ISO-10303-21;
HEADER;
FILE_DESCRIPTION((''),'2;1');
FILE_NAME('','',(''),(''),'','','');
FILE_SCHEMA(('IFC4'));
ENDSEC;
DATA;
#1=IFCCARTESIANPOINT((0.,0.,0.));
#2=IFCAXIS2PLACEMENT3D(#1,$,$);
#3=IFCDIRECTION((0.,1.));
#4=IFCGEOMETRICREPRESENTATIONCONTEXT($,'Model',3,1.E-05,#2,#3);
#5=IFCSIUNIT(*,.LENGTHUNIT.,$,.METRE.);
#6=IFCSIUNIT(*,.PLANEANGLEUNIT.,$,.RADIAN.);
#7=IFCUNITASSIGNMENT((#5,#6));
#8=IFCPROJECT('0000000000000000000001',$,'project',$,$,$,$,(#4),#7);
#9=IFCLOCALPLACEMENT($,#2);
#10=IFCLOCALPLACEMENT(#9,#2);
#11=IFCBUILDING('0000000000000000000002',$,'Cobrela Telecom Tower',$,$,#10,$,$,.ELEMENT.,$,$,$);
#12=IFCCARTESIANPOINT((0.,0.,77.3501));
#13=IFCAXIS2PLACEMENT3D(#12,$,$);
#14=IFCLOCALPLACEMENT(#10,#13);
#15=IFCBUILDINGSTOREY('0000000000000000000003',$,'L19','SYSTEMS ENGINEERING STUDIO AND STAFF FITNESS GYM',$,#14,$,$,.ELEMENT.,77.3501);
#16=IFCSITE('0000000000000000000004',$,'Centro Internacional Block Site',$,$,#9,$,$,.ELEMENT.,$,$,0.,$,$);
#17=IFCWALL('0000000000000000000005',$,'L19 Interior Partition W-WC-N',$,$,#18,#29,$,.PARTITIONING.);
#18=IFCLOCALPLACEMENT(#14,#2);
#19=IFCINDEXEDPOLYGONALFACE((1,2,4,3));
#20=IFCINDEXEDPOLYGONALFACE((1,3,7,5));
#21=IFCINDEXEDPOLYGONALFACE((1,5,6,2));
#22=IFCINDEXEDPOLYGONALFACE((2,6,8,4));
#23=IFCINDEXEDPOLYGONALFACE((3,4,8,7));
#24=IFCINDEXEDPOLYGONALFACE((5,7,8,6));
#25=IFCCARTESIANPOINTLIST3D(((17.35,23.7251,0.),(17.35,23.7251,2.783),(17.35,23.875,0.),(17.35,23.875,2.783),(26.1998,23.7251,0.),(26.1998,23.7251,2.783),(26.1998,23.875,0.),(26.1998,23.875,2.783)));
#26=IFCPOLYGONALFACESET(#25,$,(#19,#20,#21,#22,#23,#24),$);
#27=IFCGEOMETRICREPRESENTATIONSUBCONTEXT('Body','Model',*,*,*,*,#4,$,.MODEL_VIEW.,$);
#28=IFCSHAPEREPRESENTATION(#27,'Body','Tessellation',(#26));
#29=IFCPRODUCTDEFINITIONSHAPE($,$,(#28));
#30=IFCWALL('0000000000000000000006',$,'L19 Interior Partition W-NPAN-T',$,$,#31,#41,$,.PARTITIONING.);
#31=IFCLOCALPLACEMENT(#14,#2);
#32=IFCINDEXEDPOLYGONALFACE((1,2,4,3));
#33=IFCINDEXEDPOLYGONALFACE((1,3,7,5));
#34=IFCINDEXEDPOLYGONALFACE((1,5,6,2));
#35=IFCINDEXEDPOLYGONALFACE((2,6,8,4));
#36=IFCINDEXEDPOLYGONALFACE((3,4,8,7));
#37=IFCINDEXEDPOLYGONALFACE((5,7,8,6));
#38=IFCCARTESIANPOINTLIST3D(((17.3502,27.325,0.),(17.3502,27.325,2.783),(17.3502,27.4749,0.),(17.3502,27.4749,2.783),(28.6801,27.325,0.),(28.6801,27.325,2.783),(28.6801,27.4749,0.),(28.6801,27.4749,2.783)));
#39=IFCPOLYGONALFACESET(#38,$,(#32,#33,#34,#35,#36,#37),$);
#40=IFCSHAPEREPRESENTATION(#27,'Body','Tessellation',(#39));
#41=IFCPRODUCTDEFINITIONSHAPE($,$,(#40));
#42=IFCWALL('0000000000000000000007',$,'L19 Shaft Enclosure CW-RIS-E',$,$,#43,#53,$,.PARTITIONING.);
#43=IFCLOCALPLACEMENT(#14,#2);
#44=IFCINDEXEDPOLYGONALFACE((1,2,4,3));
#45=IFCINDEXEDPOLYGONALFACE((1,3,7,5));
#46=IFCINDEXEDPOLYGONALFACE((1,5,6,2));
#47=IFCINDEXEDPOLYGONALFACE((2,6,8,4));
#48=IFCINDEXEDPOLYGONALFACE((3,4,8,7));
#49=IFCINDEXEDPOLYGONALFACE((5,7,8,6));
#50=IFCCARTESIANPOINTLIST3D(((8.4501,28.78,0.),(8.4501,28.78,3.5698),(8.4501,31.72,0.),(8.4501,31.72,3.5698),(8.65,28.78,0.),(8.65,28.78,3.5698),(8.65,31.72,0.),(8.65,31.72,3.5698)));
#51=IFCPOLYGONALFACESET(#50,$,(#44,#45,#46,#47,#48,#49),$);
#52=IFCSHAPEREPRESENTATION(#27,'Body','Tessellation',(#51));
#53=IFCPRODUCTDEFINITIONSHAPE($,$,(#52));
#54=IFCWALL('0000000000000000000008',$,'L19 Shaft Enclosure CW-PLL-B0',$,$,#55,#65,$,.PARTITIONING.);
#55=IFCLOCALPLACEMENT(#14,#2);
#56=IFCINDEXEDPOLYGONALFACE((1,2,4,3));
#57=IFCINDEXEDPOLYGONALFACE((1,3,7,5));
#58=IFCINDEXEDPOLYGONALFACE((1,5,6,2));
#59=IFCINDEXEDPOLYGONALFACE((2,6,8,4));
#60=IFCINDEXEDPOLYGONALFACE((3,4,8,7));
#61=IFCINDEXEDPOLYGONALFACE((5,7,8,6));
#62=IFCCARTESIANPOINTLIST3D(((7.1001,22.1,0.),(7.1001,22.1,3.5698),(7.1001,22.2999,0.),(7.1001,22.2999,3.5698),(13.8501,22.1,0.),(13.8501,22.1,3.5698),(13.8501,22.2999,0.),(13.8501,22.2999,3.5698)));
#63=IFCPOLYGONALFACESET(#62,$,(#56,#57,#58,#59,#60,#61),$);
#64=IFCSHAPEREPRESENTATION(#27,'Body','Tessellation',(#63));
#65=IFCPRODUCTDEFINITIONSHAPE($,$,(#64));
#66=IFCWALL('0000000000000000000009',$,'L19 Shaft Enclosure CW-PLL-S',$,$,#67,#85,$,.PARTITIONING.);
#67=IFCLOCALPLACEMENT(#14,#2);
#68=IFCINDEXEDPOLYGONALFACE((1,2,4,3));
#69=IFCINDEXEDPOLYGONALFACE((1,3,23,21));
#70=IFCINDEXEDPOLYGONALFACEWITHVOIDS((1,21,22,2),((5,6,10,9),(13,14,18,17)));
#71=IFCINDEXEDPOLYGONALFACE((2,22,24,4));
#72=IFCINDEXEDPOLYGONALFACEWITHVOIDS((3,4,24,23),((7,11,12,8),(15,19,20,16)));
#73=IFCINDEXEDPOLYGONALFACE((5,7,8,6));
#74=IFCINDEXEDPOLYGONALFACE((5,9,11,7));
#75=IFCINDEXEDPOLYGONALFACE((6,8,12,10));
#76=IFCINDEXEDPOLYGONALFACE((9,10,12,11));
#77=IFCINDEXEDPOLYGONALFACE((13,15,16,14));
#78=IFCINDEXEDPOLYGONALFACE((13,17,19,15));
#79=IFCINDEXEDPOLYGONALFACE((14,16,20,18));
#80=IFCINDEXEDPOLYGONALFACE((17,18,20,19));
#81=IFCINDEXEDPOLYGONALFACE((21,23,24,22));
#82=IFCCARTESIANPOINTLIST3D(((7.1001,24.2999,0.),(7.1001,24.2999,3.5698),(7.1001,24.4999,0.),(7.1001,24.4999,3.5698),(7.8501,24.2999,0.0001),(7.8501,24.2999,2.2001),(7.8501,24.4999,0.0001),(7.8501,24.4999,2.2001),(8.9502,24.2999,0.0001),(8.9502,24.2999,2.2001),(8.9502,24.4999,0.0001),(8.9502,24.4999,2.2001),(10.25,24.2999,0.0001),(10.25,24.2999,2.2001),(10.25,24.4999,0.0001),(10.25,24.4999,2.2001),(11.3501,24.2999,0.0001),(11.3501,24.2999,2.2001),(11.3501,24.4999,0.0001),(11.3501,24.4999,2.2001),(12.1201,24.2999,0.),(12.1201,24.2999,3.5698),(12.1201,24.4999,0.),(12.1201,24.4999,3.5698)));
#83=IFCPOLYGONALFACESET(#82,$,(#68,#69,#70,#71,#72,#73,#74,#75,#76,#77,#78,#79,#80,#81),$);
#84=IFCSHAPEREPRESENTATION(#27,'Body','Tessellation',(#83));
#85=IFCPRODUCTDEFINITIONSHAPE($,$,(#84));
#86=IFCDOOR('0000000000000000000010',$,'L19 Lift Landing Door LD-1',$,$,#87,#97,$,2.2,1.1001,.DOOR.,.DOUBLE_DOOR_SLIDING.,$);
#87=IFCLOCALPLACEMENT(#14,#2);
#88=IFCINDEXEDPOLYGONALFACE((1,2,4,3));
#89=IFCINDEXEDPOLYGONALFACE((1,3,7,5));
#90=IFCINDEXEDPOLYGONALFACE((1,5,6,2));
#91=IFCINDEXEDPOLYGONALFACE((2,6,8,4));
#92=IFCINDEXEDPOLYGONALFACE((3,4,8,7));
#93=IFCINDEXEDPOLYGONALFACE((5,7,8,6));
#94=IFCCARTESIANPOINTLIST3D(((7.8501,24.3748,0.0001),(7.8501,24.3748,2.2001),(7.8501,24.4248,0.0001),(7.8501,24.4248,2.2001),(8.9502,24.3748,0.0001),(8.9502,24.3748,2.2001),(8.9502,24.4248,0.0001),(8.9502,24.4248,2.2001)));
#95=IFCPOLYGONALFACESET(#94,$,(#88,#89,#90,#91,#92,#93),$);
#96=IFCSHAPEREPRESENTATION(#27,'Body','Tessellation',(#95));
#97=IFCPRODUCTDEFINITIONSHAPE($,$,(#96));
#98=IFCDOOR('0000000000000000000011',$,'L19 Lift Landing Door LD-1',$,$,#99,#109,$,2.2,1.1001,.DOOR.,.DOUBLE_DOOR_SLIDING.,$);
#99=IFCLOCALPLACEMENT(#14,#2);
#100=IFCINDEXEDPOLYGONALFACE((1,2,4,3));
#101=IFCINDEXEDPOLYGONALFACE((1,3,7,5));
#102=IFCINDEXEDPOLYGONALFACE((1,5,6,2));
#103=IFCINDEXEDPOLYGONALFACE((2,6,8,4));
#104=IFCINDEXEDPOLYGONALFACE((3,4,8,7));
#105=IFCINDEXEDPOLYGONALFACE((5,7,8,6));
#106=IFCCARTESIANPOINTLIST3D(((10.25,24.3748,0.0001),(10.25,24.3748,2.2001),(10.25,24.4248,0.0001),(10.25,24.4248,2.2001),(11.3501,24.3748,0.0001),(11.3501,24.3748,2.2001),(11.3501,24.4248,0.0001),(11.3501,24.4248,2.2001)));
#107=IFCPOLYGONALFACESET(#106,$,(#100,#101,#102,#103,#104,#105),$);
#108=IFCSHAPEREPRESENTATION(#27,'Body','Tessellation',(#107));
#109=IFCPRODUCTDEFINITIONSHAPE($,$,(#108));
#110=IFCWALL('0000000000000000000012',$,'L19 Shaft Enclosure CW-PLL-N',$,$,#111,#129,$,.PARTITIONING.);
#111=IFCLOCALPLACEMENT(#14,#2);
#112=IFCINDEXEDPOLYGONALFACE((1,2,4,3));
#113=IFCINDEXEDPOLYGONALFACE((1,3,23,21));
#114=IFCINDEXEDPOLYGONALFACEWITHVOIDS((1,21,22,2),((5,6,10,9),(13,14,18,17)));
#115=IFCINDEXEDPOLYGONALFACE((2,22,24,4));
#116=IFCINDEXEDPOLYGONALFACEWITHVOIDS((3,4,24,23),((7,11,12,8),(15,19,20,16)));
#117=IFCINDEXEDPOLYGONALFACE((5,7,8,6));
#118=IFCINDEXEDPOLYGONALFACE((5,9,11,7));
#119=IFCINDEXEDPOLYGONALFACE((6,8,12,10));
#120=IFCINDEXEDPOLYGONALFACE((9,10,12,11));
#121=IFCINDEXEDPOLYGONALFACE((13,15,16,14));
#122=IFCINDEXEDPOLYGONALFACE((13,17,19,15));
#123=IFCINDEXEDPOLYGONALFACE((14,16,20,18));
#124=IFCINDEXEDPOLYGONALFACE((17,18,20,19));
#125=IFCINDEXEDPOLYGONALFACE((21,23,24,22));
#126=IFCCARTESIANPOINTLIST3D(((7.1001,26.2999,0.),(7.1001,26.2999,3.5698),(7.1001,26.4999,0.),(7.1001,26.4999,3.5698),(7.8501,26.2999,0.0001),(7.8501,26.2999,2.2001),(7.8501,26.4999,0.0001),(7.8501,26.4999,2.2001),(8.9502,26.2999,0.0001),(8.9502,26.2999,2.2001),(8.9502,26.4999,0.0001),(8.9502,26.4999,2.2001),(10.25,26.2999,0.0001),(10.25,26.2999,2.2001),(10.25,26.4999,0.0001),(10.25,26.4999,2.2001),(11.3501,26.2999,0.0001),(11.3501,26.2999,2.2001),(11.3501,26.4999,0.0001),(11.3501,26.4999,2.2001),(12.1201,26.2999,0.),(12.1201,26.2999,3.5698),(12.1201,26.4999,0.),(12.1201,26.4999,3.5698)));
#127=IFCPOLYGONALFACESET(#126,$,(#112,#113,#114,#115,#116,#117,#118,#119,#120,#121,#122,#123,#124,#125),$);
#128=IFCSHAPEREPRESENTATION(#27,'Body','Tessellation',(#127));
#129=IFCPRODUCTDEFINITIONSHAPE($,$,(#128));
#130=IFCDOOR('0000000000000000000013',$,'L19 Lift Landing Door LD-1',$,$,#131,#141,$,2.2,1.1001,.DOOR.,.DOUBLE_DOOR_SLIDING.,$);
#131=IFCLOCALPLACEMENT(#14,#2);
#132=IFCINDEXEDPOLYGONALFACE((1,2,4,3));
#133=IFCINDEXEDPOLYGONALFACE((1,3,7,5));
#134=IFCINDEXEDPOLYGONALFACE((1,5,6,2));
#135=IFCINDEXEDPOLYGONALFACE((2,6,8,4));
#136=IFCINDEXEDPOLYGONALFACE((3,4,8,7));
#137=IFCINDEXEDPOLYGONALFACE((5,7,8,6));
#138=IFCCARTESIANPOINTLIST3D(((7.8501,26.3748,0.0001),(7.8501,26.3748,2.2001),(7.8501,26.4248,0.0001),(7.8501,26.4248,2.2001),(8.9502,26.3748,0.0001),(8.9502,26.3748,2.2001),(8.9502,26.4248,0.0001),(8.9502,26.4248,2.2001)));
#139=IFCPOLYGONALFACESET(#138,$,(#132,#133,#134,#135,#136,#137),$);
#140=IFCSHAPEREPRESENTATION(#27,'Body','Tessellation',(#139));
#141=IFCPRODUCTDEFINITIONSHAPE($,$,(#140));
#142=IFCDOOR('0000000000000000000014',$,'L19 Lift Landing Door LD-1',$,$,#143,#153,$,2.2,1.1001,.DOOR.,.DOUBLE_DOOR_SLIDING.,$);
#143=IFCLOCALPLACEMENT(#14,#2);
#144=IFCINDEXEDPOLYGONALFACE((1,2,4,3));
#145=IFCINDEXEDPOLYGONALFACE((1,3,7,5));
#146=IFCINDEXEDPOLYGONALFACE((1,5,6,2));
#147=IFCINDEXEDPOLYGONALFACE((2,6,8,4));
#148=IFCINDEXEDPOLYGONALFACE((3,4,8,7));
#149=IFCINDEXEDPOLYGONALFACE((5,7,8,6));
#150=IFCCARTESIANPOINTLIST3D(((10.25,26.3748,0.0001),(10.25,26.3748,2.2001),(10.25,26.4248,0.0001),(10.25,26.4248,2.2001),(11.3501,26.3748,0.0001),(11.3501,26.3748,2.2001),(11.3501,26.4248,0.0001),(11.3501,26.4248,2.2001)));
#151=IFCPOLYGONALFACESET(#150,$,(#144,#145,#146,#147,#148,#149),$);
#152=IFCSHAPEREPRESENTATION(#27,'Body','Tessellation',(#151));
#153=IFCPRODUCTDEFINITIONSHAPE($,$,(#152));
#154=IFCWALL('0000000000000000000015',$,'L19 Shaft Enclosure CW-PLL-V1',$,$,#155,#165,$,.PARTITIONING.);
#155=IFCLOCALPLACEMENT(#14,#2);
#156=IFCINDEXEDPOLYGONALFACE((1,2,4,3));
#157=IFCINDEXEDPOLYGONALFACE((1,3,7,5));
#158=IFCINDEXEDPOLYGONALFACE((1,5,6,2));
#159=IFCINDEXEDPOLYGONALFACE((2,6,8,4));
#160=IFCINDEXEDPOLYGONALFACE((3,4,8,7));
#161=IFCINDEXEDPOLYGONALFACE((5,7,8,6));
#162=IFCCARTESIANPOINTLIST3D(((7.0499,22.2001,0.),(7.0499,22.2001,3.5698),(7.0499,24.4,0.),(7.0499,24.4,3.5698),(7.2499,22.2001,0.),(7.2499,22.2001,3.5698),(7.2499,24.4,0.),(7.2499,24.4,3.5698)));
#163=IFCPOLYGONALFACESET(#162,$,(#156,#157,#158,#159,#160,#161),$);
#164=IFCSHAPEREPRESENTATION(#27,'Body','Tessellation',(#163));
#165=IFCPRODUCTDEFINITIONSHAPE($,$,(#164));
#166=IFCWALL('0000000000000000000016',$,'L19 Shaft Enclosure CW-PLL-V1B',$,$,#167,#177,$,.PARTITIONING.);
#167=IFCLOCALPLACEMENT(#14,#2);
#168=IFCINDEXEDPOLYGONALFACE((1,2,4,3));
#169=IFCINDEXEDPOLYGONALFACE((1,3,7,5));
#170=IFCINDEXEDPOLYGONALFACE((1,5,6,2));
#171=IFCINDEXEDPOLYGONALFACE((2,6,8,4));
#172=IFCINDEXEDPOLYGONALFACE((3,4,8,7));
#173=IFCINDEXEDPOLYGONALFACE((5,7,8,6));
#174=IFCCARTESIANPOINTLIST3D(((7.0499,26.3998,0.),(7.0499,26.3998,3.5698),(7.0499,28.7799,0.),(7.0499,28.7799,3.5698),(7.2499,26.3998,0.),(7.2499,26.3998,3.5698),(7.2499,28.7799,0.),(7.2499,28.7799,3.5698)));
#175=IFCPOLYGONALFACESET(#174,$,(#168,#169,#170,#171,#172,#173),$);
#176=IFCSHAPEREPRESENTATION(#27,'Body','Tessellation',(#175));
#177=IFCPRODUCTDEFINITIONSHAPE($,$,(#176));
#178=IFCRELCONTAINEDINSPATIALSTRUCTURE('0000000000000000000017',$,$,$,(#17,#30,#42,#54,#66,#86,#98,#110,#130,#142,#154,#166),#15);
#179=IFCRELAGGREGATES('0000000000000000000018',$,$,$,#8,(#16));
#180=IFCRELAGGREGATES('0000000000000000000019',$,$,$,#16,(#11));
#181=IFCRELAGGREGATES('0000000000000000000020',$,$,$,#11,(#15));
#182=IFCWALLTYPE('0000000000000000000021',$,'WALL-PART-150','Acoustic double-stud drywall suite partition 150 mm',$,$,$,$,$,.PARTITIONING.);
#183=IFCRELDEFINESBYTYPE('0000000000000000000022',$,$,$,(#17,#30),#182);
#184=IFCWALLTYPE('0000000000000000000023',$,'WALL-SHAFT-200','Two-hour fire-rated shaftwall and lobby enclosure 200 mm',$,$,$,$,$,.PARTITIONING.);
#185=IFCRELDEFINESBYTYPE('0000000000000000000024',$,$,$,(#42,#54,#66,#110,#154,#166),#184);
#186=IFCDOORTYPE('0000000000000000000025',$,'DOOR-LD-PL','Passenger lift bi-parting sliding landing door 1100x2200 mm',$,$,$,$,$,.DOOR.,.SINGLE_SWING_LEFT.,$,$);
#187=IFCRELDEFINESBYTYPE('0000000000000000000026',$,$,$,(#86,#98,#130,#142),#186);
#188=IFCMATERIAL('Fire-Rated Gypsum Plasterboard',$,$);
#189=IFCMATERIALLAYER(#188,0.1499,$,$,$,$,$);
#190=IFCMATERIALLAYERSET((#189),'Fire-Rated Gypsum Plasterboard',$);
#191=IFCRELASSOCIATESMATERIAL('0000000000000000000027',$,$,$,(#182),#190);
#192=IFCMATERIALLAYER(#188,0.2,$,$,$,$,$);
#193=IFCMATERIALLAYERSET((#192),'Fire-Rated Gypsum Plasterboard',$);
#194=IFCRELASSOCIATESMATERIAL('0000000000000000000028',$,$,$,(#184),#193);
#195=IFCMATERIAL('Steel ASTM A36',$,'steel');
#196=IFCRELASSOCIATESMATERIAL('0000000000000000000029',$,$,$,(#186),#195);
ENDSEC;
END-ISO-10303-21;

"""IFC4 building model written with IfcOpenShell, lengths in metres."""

from ifc_helpers import new_model, si_unit, direction, frame, frame_2d, origin, place, context, subcontext, project, spatial, rectangle, extrude, material, layer, layer_set, type_object, element, fill, save


model = new_model("IFC4")

# Units and contexts
model_context = context("Model", 3, precision=1e-05, world=origin(), true_north=direction((0.0, 1.0)))
body_context = subcontext(model_context, "Body", "Model", "MODEL_VIEW")
ifc_project = project(units=[si_unit("LENGTHUNIT", "METRE"), si_unit("PLANEANGLEUNIT", "RADIAN")], contexts=[model_context])

# Site, building, storey
site_placement = place(None, origin())
site = spatial("IfcSite", under=ifc_project, at=site_placement, Name="Centro Internacional Block Site", CompositionType="ELEMENT", RefElevation=0.0)
building_placement = place(site_placement, origin())
building = spatial("IfcBuilding", under=site, at=building_placement, Name="Cobrela Telecom Tower", CompositionType="ELEMENT")
storey_placement = place(building_placement, frame((0.0, 0.0, 77.3501)))
storey = spatial("IfcBuildingStorey", under=building, at=storey_placement, Name="L19", Description="SYSTEMS ENGINEERING STUDIO AND STAFF FITNESS GYM", CompositionType="ELEMENT", Elevation=77.3501)

# Walls
ifc_material_1 = material(Name="Fire-Rated Gypsum Plasterboard")
ifc_layer_1 = layer(ifc_material_1, 0.1499)
ifc_layer_set_1 = layer_set([ifc_layer_1], Name="Fire-Rated Gypsum Plasterboard")
wall_type_1 = type_object("IfcWallType", Name="WALL-PART-150", Description="Acoustic double-stud drywall suite partition 150 mm", PredefinedType="PARTITIONING", material=ifc_layer_set_1)
wall_1_placement = place(storey_placement, frame((17.3501, 23.8, 0.0), z_axis=(0.0, 0.0, 1.0), x_axis=(1.0, 0.0, 0.0)))
element("IfcWall", 1, at=wall_1_placement, inside=storey, type_object=wall_type_1, Name="L19 Interior Partition W-WC-N", PredefinedType="PARTITIONING", context=body_context, shape_type="SweptSolid", body=[
    extrude(rectangle(XDim=8.8499, YDim=0.1499, at=frame_2d((4.4248, 0.0))), origin(), (0.0, 0.0, 1.0), 2.783),
])
wall_2_placement = place(storey_placement, frame((17.3501, 27.3999, 0.0), z_axis=(0.0, 0.0, 1.0), x_axis=(1.0, 0.0, 0.0)))
element("IfcWall", 2, at=wall_2_placement, inside=storey, type_object=wall_type_1, Name="L19 Interior Partition W-NPAN-T", PredefinedType="PARTITIONING", context=body_context, shape_type="SweptSolid", body=[
    extrude(rectangle(XDim=11.3298, YDim=0.1499, at=frame_2d((5.665, 0.0))), origin(), (0.0, 0.0, 1.0), 2.783),
])
ifc_layer_2 = layer(ifc_material_1, 0.2)
ifc_layer_set_2 = layer_set([ifc_layer_2], Name="Fire-Rated Gypsum Plasterboard")
wall_type_2 = type_object("IfcWallType", Name="WALL-SHAFT-200", Description="Two-hour fire-rated shaftwall and lobby enclosure 200 mm", PredefinedType="PARTITIONING", material=ifc_layer_set_2)
wall_3_placement = place(storey_placement, frame((8.55, 28.78, 0.0), z_axis=(0.0, 0.0, 1.0), x_axis=(0.0, 1.0, 0.0)))
element("IfcWall", 3, at=wall_3_placement, inside=storey, type_object=wall_type_2, Name="L19 Shaft Enclosure CW-RIS-E", PredefinedType="PARTITIONING", context=body_context, shape_type="SweptSolid", body=[
    extrude(rectangle(XDim=2.9399, YDim=0.2, at=frame_2d((1.47, 0.0))), origin(), (0.0, 0.0, 1.0), 3.5698),
])
wall_4_placement = place(storey_placement, frame((7.1001, 22.2, 0.0), z_axis=(0.0, 0.0, 1.0), x_axis=(1.0, 0.0, 0.0)))
element("IfcWall", 4, at=wall_4_placement, inside=storey, type_object=wall_type_2, Name="L19 Shaft Enclosure CW-PLL-B0", PredefinedType="PARTITIONING", context=body_context, shape_type="SweptSolid", body=[
    extrude(rectangle(XDim=6.75, YDim=0.2, at=frame_2d((3.375, 0.0))), origin(), (0.0, 0.0, 1.0), 3.5698),
])

# Walls, openings, doors
wall_5_placement = place(storey_placement, frame((7.1001, 24.3999, 0.0), z_axis=(0.0, 0.0, 1.0), x_axis=(1.0, 0.0, 0.0)))
wall_5 = element("IfcWall", 5, at=wall_5_placement, inside=storey, type_object=wall_type_2, Name="L19 Shaft Enclosure CW-PLL-S", PredefinedType="PARTITIONING", context=body_context, shape_type="SweptSolid", body=[
    extrude(rectangle(XDim=5.02, YDim=0.2, at=frame_2d((2.51, 0.0))), origin(), (0.0, 0.0, 1.0), 3.5698),
])
opening_1_placement = place(wall_5_placement, frame((0.75, 0.0, 0.0)))
opening_1 = element("IfcOpeningElement", 6, at=opening_1_placement, cuts=wall_5, PredefinedType="OPENING", context=body_context, shape_type="SweptSolid", body=[
    extrude(rectangle(XDim=1.1001, YDim=2.2, at=frame_2d((0.55, 1.1001))), frame((0.0, 0.1118, 0.0), z_axis=(0.0, -1.0, 0.0), x_axis=(1.0, 0.0, 0.0)), (0.0, 0.0, 1.0), 0.2239),
])
opening_2_placement = place(wall_5_placement, frame((3.1499, 0.0, 0.0)))
opening_2 = element("IfcOpeningElement", 7, at=opening_2_placement, cuts=wall_5, PredefinedType="OPENING", context=body_context, shape_type="SweptSolid", body=[
    extrude(rectangle(XDim=1.1001, YDim=2.2, at=frame_2d((0.55, 1.1001))), frame((0.0, 0.1118, 0.0), z_axis=(0.0, -1.0, 0.0), x_axis=(1.0, 0.0, 0.0)), (0.0, 0.0, 1.0), 0.2239),
])
ifc_material_2 = material(Name="Steel ASTM A36", Category="steel")
door_type_1 = type_object("IfcDoorType", Name="DOOR-LD-PL", Description="Passenger lift bi-parting sliding landing door 1100x2200 mm", OperationType="SINGLE_SWING_LEFT", PredefinedType="DOOR", material=ifc_material_2)
door_1_placement = place(opening_1_placement, origin())
door_1 = element("IfcDoor", 8, at=door_1_placement, inside=storey, type_object=door_type_1, Name="L19 Lift Landing Door LD-1", OperationType="DOUBLE_DOOR_SLIDING", OverallHeight=2.2, OverallWidth=1.1001, PredefinedType="DOOR", context=body_context, shape_type="SweptSolid", body=[
    extrude(rectangle(XDim=1.1001, YDim=2.2, at=frame_2d((0.55, 1.1001))), frame((0.0, 0.0249, 0.0), z_axis=(0.0, -1.0, 0.0), x_axis=(1.0, 0.0, 0.0)), (0.0, 0.0, 1.0), 0.05),
])
fill(opening_1, door_1)
door_2_placement = place(opening_2_placement, origin())
door_2 = element("IfcDoor", 9, at=door_2_placement, inside=storey, type_object=door_type_1, Name="L19 Lift Landing Door LD-1", OperationType="DOUBLE_DOOR_SLIDING", OverallHeight=2.2, OverallWidth=1.1001, PredefinedType="DOOR", context=body_context, shape_type="SweptSolid", body=[
    extrude(rectangle(XDim=1.1001, YDim=2.2, at=frame_2d((0.55, 1.1001))), frame((0.0, 0.0249, 0.0), z_axis=(0.0, -1.0, 0.0), x_axis=(1.0, 0.0, 0.0)), (0.0, 0.0, 1.0), 0.05),
])
fill(opening_2, door_2)
wall_6_placement = place(storey_placement, frame((7.1001, 26.3999, 0.0), z_axis=(0.0, 0.0, 1.0), x_axis=(1.0, 0.0, 0.0)))
wall_6 = element("IfcWall", 10, at=wall_6_placement, inside=storey, type_object=wall_type_2, Name="L19 Shaft Enclosure CW-PLL-N", PredefinedType="PARTITIONING", context=body_context, shape_type="SweptSolid", body=[
    extrude(rectangle(XDim=5.02, YDim=0.2, at=frame_2d((2.51, 0.0))), origin(), (0.0, 0.0, 1.0), 3.5698),
])
opening_3_placement = place(wall_6_placement, frame((0.75, 0.0, 0.0)))
opening_3 = element("IfcOpeningElement", 11, at=opening_3_placement, cuts=wall_6, PredefinedType="OPENING", context=body_context, shape_type="SweptSolid", body=[
    extrude(rectangle(XDim=1.1001, YDim=2.2, at=frame_2d((0.55, 1.1001))), frame((0.0, 0.1118, 0.0), z_axis=(0.0, -1.0, 0.0), x_axis=(1.0, 0.0, 0.0)), (0.0, 0.0, 1.0), 0.2239),
])
opening_4_placement = place(wall_6_placement, frame((3.1499, 0.0, 0.0)))
opening_4 = element("IfcOpeningElement", 12, at=opening_4_placement, cuts=wall_6, PredefinedType="OPENING", context=body_context, shape_type="SweptSolid", body=[
    extrude(rectangle(XDim=1.1001, YDim=2.2, at=frame_2d((0.55, 1.1001))), frame((0.0, 0.1118, 0.0), z_axis=(0.0, -1.0, 0.0), x_axis=(1.0, 0.0, 0.0)), (0.0, 0.0, 1.0), 0.2239),
])
door_3_placement = place(opening_3_placement, origin())
door_3 = element("IfcDoor", 13, at=door_3_placement, inside=storey, type_object=door_type_1, Name="L19 Lift Landing Door LD-1", OperationType="DOUBLE_DOOR_SLIDING", OverallHeight=2.2, OverallWidth=1.1001, PredefinedType="DOOR", context=body_context, shape_type="SweptSolid", body=[
    extrude(rectangle(XDim=1.1001, YDim=2.2, at=frame_2d((0.55, 1.1001))), frame((0.0, 0.0249, 0.0), z_axis=(0.0, -1.0, 0.0), x_axis=(1.0, 0.0, 0.0)), (0.0, 0.0, 1.0), 0.05),
])
fill(opening_3, door_3)
door_4_placement = place(opening_4_placement, origin())
door_4 = element("IfcDoor", 14, at=door_4_placement, inside=storey, type_object=door_type_1, Name="L19 Lift Landing Door LD-1", OperationType="DOUBLE_DOOR_SLIDING", OverallHeight=2.2, OverallWidth=1.1001, PredefinedType="DOOR", context=body_context, shape_type="SweptSolid", body=[
    extrude(rectangle(XDim=1.1001, YDim=2.2, at=frame_2d((0.55, 1.1001))), frame((0.0, 0.0249, 0.0), z_axis=(0.0, -1.0, 0.0), x_axis=(1.0, 0.0, 0.0)), (0.0, 0.0, 1.0), 0.05),
])
fill(opening_4, door_4)

# Walls
wall_7_placement = place(storey_placement, frame((7.1499, 22.2, 0.0), z_axis=(0.0, 0.0, 1.0), x_axis=(0.0, 1.0, 0.0)))
element("IfcWall", 15, at=wall_7_placement, inside=storey, type_object=wall_type_2, Name="L19 Shaft Enclosure CW-PLL-V1", PredefinedType="PARTITIONING", context=body_context, shape_type="SweptSolid", body=[
    extrude(rectangle(XDim=2.2, YDim=0.2, at=frame_2d((1.1001, 0.0))), origin(), (0.0, 0.0, 1.0), 3.5698),
])
wall_8_placement = place(storey_placement, frame((7.1499, 26.3999, 0.0), z_axis=(0.0, 0.0, 1.0), x_axis=(0.0, 1.0, 0.0)))
element("IfcWall", 16, at=wall_8_placement, inside=storey, type_object=wall_type_2, Name="L19 Shaft Enclosure CW-PLL-V1B", PredefinedType="PARTITIONING", context=body_context, shape_type="SweptSolid", body=[
    extrude(rectangle(XDim=2.3801, YDim=0.2, at=frame_2d((1.1899, 0.0))), origin(), (0.0, 0.0, 1.0), 3.5698),
])

save(model, "model.ifc")
